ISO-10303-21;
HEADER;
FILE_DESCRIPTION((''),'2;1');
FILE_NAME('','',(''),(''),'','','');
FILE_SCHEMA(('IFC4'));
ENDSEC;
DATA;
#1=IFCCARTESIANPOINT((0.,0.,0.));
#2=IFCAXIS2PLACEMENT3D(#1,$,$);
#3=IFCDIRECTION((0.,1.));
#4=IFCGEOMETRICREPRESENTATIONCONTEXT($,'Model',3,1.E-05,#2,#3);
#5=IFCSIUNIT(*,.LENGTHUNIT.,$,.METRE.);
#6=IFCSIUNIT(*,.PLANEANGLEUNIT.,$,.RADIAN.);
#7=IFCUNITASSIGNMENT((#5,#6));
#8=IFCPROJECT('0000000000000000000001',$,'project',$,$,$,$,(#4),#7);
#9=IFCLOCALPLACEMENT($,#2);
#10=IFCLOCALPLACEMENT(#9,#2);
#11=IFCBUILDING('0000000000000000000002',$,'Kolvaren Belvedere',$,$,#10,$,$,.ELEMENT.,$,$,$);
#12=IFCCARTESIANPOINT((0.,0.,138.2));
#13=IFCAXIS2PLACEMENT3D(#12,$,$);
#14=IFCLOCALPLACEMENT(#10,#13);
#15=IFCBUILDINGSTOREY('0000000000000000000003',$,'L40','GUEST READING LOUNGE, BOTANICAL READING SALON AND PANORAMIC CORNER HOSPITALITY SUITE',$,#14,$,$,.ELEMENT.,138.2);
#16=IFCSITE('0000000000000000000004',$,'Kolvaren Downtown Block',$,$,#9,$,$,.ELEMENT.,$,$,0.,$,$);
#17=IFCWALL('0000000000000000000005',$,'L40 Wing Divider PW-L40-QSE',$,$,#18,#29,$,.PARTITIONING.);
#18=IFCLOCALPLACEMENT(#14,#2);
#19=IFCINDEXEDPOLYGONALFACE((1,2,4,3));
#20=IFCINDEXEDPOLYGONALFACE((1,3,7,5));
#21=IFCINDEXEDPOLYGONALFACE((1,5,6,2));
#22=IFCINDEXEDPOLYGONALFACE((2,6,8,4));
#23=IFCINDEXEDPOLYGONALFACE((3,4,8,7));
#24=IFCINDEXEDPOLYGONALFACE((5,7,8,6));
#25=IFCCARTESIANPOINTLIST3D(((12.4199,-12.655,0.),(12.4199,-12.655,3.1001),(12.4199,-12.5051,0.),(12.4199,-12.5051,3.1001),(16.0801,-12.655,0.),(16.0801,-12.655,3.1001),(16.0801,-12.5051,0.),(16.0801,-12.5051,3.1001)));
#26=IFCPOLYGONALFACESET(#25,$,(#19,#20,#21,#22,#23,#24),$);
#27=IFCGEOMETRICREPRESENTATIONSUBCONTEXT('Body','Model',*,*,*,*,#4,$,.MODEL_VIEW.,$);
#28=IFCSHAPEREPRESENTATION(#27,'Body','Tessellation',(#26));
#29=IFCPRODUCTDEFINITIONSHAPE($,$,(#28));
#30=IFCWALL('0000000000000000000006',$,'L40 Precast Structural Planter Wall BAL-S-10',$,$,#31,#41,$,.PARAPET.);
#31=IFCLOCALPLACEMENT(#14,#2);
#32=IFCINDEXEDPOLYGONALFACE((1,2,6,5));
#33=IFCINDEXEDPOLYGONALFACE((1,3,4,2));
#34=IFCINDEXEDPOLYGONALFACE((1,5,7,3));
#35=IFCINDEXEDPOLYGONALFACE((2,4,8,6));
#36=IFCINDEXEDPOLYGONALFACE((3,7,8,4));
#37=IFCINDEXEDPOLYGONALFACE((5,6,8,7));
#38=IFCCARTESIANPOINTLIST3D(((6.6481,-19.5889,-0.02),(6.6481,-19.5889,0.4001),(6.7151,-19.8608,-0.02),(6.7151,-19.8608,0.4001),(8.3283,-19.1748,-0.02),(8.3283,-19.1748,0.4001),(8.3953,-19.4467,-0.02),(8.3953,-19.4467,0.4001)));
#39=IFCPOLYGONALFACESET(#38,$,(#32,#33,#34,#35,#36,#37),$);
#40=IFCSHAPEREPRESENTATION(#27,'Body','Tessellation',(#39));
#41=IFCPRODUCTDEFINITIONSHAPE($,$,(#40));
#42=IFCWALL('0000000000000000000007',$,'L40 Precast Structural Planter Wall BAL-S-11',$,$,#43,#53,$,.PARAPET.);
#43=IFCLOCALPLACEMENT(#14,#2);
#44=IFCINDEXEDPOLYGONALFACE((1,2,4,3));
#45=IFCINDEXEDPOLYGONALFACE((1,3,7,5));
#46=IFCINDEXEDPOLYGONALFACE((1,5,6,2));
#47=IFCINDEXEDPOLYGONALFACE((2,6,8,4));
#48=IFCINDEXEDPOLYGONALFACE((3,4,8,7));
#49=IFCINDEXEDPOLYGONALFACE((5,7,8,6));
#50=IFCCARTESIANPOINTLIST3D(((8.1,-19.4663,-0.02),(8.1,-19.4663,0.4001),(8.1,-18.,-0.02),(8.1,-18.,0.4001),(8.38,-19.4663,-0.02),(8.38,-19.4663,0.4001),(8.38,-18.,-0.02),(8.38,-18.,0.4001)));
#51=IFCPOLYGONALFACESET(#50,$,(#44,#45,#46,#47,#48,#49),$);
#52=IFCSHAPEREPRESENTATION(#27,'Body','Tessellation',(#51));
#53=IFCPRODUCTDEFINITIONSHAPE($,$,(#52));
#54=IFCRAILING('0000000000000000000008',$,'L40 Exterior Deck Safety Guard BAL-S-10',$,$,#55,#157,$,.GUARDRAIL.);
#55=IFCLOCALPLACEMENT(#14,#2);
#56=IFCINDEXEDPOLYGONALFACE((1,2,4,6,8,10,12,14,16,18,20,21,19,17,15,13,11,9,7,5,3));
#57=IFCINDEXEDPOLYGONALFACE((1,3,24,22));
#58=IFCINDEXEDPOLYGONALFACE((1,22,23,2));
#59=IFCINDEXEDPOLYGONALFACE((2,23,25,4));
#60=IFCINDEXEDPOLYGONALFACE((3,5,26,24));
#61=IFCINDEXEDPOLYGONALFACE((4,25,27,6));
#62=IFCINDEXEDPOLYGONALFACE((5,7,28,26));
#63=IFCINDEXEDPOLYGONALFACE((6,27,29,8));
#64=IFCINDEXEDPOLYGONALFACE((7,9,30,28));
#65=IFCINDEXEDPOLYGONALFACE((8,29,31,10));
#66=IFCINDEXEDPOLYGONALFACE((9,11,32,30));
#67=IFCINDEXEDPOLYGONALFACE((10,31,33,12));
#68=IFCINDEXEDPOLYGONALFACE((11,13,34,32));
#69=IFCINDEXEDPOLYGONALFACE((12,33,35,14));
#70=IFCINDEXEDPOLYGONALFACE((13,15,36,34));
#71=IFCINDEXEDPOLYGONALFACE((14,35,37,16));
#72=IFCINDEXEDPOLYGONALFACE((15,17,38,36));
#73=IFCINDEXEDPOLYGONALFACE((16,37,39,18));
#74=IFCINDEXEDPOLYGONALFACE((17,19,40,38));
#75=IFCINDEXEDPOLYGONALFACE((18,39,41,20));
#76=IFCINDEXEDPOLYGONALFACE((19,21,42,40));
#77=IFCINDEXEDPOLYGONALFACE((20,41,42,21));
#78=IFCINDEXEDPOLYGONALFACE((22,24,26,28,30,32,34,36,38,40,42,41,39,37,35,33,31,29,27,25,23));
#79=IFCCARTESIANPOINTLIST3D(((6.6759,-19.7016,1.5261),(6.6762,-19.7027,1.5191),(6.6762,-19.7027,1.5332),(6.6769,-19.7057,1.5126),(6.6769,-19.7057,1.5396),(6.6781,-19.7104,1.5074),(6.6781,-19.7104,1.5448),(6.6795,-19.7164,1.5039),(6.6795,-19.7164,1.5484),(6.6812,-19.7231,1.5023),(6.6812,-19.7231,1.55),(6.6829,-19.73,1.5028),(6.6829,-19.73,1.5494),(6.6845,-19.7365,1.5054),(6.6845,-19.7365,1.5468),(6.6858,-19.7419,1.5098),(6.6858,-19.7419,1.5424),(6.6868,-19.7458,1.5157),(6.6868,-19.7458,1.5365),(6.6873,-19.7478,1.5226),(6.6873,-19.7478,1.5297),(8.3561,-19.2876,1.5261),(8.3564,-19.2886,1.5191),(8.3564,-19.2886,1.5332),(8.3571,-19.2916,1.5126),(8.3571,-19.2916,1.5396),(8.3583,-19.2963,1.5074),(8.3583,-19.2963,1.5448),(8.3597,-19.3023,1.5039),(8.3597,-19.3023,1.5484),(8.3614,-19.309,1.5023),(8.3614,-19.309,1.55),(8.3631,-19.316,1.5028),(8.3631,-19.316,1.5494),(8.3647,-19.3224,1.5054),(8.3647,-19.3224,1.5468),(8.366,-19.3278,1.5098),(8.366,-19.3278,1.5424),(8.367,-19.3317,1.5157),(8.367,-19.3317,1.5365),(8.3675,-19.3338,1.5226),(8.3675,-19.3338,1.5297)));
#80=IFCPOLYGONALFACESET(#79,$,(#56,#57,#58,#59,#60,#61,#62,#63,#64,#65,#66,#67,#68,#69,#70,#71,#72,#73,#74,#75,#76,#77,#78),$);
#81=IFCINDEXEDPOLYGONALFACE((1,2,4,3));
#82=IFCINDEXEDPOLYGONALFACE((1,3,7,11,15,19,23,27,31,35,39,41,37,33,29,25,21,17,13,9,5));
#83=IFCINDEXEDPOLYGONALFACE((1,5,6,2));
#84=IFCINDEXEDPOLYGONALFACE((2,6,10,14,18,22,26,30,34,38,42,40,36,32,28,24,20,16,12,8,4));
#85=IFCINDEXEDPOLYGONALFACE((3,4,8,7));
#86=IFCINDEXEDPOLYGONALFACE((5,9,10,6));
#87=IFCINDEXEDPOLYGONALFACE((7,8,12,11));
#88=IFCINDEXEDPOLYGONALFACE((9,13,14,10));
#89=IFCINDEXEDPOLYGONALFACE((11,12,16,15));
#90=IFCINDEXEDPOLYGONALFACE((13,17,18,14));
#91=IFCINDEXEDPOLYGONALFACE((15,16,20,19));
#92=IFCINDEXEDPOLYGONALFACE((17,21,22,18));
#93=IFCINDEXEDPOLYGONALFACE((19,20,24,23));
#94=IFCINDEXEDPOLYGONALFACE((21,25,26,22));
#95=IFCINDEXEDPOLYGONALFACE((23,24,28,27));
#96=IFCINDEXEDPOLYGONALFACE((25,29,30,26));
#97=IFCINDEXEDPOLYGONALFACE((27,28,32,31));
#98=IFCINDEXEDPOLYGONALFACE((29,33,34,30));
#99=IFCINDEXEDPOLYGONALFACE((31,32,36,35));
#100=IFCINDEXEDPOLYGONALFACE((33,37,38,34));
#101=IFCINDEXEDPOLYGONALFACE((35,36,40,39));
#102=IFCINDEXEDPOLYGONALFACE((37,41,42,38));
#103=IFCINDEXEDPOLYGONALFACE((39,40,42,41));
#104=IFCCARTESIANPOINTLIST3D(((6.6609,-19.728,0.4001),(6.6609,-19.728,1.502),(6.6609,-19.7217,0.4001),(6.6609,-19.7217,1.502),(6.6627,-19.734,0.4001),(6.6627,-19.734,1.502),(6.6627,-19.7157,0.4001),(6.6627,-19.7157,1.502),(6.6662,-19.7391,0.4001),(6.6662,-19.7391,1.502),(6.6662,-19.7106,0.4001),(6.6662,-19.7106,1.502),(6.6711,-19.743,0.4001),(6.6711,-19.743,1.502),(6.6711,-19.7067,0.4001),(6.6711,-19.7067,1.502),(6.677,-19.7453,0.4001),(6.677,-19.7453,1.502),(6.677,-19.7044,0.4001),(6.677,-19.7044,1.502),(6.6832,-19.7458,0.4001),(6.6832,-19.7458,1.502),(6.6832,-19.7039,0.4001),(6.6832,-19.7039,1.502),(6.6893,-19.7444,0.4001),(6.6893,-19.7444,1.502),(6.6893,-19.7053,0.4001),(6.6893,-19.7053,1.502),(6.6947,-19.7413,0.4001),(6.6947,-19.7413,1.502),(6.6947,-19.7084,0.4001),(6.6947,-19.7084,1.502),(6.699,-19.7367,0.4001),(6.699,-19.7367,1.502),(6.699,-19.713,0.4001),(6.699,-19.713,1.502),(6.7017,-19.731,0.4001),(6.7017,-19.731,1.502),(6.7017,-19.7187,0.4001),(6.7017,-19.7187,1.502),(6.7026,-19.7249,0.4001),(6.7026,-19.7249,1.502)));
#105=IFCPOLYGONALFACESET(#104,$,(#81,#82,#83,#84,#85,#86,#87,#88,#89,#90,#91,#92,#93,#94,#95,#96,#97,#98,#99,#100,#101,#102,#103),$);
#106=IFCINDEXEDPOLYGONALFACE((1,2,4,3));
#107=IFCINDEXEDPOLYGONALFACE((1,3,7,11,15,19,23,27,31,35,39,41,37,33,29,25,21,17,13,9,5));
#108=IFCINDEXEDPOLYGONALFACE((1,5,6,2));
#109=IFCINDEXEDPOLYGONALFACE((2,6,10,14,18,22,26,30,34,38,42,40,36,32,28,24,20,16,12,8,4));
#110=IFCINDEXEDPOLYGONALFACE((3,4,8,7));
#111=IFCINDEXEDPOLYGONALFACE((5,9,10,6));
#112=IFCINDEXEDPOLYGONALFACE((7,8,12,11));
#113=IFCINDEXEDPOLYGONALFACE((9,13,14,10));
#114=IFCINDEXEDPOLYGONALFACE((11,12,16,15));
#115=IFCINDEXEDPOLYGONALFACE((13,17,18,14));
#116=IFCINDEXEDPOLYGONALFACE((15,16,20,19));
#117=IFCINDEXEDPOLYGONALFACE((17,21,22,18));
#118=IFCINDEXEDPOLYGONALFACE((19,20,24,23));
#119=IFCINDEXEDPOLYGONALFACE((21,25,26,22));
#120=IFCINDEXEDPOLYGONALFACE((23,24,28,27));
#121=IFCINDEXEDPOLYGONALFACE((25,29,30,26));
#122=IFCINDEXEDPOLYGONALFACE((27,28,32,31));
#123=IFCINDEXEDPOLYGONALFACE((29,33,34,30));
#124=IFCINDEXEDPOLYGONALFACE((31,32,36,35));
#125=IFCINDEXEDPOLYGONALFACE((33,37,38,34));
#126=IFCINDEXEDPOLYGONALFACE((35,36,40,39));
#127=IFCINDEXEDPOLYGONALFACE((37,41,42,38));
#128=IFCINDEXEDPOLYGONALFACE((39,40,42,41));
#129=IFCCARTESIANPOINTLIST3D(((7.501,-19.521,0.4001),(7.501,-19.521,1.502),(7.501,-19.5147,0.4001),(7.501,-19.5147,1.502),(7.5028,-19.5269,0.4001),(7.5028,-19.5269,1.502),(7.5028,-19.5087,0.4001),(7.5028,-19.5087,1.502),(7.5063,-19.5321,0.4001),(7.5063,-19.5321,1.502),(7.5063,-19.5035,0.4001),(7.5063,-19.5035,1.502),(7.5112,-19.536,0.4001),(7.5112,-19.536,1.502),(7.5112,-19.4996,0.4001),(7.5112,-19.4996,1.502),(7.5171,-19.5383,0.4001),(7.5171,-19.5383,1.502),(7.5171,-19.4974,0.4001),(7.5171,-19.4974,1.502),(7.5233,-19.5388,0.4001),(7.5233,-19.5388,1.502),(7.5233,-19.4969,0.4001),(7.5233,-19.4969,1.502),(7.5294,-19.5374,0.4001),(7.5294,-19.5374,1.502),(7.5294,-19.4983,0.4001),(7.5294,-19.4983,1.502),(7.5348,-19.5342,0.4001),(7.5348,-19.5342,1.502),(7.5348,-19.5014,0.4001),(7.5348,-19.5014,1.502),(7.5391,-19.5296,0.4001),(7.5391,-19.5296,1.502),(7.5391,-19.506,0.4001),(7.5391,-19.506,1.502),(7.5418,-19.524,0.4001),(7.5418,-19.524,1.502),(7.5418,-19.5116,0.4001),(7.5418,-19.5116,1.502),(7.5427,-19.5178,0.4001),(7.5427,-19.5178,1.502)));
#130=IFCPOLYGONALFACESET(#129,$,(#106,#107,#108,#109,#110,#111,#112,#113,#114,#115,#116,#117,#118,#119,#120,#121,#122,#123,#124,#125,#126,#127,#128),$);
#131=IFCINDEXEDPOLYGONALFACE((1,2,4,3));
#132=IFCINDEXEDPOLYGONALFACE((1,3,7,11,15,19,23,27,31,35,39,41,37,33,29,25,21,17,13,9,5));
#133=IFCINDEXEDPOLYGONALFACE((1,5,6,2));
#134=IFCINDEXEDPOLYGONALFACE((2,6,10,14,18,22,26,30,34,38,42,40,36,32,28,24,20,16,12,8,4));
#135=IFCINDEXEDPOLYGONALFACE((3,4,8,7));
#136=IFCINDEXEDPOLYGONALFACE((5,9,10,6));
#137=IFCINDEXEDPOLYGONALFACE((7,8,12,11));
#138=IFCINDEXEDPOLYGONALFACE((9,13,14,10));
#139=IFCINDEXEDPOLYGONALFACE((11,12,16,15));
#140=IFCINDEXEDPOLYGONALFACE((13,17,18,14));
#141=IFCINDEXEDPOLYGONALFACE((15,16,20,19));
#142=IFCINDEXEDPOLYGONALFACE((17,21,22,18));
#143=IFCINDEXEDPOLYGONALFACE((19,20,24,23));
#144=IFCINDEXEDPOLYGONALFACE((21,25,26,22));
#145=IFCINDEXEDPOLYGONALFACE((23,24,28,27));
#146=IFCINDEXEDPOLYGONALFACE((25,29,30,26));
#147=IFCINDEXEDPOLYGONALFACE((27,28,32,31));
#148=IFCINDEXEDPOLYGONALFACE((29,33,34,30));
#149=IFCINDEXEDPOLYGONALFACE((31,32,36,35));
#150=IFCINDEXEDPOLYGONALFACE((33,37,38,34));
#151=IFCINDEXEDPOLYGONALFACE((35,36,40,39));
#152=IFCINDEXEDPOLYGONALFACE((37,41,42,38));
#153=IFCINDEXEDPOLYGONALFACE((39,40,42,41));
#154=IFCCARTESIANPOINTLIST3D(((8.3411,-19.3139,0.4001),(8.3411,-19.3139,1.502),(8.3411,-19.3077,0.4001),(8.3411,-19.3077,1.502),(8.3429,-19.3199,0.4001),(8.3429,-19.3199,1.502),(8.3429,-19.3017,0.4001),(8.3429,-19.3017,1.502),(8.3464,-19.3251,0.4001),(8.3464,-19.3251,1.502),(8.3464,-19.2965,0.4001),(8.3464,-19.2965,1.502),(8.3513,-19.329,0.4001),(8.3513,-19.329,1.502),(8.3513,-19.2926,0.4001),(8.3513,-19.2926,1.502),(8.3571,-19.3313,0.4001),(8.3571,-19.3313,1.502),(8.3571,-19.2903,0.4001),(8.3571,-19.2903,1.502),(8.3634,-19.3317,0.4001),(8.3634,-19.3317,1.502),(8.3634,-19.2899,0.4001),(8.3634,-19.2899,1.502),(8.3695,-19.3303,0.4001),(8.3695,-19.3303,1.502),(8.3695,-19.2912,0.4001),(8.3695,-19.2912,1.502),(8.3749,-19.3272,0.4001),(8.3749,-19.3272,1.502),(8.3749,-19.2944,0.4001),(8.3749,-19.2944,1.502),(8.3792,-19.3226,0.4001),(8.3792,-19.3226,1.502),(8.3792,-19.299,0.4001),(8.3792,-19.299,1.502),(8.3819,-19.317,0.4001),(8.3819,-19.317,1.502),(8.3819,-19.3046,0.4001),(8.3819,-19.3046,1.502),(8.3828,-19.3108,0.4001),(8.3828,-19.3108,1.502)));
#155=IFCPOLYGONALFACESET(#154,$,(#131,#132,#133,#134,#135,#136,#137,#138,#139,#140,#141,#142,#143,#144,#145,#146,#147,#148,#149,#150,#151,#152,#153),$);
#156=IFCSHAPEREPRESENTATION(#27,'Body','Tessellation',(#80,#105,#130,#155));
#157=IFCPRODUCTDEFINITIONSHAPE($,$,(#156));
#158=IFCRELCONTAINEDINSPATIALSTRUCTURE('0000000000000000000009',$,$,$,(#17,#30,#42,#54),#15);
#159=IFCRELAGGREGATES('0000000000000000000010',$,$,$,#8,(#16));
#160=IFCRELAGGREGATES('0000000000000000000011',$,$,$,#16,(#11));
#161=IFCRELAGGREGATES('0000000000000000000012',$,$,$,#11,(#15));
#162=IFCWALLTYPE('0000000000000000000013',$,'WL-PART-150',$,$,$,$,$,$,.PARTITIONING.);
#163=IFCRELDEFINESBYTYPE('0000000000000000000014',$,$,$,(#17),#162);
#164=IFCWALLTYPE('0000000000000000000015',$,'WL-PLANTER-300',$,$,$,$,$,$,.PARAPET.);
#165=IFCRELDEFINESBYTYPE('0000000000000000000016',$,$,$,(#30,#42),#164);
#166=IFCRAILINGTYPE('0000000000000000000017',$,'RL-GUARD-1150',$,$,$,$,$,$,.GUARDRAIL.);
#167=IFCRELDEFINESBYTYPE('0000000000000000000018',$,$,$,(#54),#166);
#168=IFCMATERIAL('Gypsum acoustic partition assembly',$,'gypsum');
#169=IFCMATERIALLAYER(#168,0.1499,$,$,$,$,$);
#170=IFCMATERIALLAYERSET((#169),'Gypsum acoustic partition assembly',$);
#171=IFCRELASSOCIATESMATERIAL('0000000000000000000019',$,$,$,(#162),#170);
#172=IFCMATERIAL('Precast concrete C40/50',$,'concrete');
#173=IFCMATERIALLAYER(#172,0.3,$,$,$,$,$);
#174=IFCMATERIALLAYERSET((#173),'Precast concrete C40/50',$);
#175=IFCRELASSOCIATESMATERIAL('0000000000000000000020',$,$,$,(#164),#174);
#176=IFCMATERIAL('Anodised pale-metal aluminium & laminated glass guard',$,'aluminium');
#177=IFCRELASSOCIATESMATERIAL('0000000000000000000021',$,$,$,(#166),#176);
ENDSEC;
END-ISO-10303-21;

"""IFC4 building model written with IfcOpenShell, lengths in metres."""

from ifc_helpers import new_model, si_unit, direction, frame, frame_2d, origin, origin_2d, place, context, subcontext, project, spatial, rectangle, circle, extrude, material, layer, layer_set, type_object, element, save


model = new_model("IFC4")

# Units and contexts
model_context = context("Model", 3, precision=1e-05, world=origin(), true_north=direction((0.0, 1.0)))
body_context = subcontext(model_context, "Body", "Model", "MODEL_VIEW")
ifc_project = project(units=[si_unit("LENGTHUNIT", "METRE"), si_unit("PLANEANGLEUNIT", "RADIAN")], contexts=[model_context])

# Site, building, storey
site_placement = place(None, origin())
site = spatial("IfcSite", under=ifc_project, at=site_placement, Name="Kolvaren Downtown Block", CompositionType="ELEMENT", RefElevation=0.0)
building_placement = place(site_placement, origin())
building = spatial("IfcBuilding", under=site, at=building_placement, Name="Kolvaren Belvedere", CompositionType="ELEMENT")
storey_placement = place(building_placement, frame((0.0, 0.0, 138.2)))
storey = spatial("IfcBuildingStorey", under=building, at=storey_placement, Name="L40", Description="GUEST READING LOUNGE, BOTANICAL READING SALON AND PANORAMIC CORNER HOSPITALITY SUITE", CompositionType="ELEMENT", Elevation=138.2)

# Walls
ifc_material_1 = material(Name="Gypsum acoustic partition assembly", Category="gypsum")
ifc_layer_1 = layer(ifc_material_1, 0.1499)
ifc_layer_set_1 = layer_set([ifc_layer_1], Name="Gypsum acoustic partition assembly")
wall_type_1 = type_object("IfcWallType", Name="WL-PART-150", PredefinedType="PARTITIONING", material=ifc_layer_set_1)
wall_1_placement = place(storey_placement, frame((12.4199, -12.5801, 0.0), z_axis=(0.0, 0.0, 1.0), x_axis=(1.0, 0.0, 0.0)))
element("IfcWall", 1, at=wall_1_placement, inside=storey, type_object=wall_type_1, Name="L40 Wing Divider PW-L40-QSE", PredefinedType="PARTITIONING", context=body_context, shape_type="SweptSolid", body=[
    extrude(rectangle(XDim=3.6602, YDim=0.1499, at=frame_2d((1.8301, 0.0))), origin(), (0.0, 0.0, 1.0), 3.1001),
])
ifc_material_2 = material(Name="Precast concrete C40/50", Category="concrete")
ifc_layer_2 = layer(ifc_material_2, 0.3)
ifc_layer_set_2 = layer_set([ifc_layer_2], Name="Precast concrete C40/50")
wall_type_2 = type_object("IfcWallType", Name="WL-PLANTER-300", PredefinedType="PARAPET", material=ifc_layer_set_2)
wall_2_placement = place(storey_placement, frame((6.6816, -19.7249, -0.02), z_axis=(0.0, 0.0, 1.0), x_axis=(0.97095, 0.239281, 0.0)))
element("IfcWall", 2, at=wall_2_placement, inside=storey, type_object=wall_type_2, Name="L40 Precast Structural Planter Wall BAL-S-10", PredefinedType="PARAPET", context=body_context, shape_type="SweptSolid", body=[
    extrude(rectangle(XDim=1.7305, YDim=0.28, at=frame_2d((0.8652, 0.0))), origin(), (0.0, 0.0, 1.0), 0.4202),
])
wall_3_placement = place(storey_placement, frame((8.24, -19.4663, -0.02), z_axis=(0.0, 0.0, 1.0), x_axis=(0.0, 1.0, 0.0)))
element("IfcWall", 3, at=wall_3_placement, inside=storey, type_object=wall_type_2, Name="L40 Precast Structural Planter Wall BAL-S-11", PredefinedType="PARAPET", context=body_context, shape_type="SweptSolid", body=[
    extrude(rectangle(XDim=1.4663, YDim=0.28, at=frame_2d((0.7332, 0.0))), origin(), (0.0, 0.0, 1.0), 0.4202),
])

# Railing
ifc_material_3 = material(Name="Anodised pale-metal aluminium & laminated glass guard", Category="aluminium")
railing_type = type_object("IfcRailingType", Name="RL-GUARD-1150", PredefinedType="GUARDRAIL", material=ifc_material_3)
railing_1_placement = place(storey_placement, frame((6.6816, -19.7249, 0.4001)))
element("IfcRailing", 4, at=railing_1_placement, inside=storey, type_object=railing_type, Name="L40 Exterior Deck Safety Guard BAL-S-10", PredefinedType="GUARDRAIL", context=body_context, shape_type="SweptSolid", body=[
    extrude(circle(Radius=0.0239, at=origin_2d()), frame((0.0, 0.0, 1.126), z_axis=(0.97095, 0.239281, 0.0), x_axis=(-0.239281, 0.97095, 0.0)), (0.0, 0.0, 1.0), 1.7305),
    extrude(circle(Radius=0.021, at=origin_2d()), origin(), (0.0, 0.0, 1.0), 1.1018),
    extrude(circle(Radius=0.021, at=origin_2d()), frame((0.8401, 0.207, 0.0)), (0.0, 0.0, 1.0), 1.1018),
    extrude(circle(Radius=0.021, at=origin_2d()), frame((1.6802, 0.4141, 0.0)), (0.0, 0.0, 1.0), 1.1018),
])

save(model, "model.ifc")
